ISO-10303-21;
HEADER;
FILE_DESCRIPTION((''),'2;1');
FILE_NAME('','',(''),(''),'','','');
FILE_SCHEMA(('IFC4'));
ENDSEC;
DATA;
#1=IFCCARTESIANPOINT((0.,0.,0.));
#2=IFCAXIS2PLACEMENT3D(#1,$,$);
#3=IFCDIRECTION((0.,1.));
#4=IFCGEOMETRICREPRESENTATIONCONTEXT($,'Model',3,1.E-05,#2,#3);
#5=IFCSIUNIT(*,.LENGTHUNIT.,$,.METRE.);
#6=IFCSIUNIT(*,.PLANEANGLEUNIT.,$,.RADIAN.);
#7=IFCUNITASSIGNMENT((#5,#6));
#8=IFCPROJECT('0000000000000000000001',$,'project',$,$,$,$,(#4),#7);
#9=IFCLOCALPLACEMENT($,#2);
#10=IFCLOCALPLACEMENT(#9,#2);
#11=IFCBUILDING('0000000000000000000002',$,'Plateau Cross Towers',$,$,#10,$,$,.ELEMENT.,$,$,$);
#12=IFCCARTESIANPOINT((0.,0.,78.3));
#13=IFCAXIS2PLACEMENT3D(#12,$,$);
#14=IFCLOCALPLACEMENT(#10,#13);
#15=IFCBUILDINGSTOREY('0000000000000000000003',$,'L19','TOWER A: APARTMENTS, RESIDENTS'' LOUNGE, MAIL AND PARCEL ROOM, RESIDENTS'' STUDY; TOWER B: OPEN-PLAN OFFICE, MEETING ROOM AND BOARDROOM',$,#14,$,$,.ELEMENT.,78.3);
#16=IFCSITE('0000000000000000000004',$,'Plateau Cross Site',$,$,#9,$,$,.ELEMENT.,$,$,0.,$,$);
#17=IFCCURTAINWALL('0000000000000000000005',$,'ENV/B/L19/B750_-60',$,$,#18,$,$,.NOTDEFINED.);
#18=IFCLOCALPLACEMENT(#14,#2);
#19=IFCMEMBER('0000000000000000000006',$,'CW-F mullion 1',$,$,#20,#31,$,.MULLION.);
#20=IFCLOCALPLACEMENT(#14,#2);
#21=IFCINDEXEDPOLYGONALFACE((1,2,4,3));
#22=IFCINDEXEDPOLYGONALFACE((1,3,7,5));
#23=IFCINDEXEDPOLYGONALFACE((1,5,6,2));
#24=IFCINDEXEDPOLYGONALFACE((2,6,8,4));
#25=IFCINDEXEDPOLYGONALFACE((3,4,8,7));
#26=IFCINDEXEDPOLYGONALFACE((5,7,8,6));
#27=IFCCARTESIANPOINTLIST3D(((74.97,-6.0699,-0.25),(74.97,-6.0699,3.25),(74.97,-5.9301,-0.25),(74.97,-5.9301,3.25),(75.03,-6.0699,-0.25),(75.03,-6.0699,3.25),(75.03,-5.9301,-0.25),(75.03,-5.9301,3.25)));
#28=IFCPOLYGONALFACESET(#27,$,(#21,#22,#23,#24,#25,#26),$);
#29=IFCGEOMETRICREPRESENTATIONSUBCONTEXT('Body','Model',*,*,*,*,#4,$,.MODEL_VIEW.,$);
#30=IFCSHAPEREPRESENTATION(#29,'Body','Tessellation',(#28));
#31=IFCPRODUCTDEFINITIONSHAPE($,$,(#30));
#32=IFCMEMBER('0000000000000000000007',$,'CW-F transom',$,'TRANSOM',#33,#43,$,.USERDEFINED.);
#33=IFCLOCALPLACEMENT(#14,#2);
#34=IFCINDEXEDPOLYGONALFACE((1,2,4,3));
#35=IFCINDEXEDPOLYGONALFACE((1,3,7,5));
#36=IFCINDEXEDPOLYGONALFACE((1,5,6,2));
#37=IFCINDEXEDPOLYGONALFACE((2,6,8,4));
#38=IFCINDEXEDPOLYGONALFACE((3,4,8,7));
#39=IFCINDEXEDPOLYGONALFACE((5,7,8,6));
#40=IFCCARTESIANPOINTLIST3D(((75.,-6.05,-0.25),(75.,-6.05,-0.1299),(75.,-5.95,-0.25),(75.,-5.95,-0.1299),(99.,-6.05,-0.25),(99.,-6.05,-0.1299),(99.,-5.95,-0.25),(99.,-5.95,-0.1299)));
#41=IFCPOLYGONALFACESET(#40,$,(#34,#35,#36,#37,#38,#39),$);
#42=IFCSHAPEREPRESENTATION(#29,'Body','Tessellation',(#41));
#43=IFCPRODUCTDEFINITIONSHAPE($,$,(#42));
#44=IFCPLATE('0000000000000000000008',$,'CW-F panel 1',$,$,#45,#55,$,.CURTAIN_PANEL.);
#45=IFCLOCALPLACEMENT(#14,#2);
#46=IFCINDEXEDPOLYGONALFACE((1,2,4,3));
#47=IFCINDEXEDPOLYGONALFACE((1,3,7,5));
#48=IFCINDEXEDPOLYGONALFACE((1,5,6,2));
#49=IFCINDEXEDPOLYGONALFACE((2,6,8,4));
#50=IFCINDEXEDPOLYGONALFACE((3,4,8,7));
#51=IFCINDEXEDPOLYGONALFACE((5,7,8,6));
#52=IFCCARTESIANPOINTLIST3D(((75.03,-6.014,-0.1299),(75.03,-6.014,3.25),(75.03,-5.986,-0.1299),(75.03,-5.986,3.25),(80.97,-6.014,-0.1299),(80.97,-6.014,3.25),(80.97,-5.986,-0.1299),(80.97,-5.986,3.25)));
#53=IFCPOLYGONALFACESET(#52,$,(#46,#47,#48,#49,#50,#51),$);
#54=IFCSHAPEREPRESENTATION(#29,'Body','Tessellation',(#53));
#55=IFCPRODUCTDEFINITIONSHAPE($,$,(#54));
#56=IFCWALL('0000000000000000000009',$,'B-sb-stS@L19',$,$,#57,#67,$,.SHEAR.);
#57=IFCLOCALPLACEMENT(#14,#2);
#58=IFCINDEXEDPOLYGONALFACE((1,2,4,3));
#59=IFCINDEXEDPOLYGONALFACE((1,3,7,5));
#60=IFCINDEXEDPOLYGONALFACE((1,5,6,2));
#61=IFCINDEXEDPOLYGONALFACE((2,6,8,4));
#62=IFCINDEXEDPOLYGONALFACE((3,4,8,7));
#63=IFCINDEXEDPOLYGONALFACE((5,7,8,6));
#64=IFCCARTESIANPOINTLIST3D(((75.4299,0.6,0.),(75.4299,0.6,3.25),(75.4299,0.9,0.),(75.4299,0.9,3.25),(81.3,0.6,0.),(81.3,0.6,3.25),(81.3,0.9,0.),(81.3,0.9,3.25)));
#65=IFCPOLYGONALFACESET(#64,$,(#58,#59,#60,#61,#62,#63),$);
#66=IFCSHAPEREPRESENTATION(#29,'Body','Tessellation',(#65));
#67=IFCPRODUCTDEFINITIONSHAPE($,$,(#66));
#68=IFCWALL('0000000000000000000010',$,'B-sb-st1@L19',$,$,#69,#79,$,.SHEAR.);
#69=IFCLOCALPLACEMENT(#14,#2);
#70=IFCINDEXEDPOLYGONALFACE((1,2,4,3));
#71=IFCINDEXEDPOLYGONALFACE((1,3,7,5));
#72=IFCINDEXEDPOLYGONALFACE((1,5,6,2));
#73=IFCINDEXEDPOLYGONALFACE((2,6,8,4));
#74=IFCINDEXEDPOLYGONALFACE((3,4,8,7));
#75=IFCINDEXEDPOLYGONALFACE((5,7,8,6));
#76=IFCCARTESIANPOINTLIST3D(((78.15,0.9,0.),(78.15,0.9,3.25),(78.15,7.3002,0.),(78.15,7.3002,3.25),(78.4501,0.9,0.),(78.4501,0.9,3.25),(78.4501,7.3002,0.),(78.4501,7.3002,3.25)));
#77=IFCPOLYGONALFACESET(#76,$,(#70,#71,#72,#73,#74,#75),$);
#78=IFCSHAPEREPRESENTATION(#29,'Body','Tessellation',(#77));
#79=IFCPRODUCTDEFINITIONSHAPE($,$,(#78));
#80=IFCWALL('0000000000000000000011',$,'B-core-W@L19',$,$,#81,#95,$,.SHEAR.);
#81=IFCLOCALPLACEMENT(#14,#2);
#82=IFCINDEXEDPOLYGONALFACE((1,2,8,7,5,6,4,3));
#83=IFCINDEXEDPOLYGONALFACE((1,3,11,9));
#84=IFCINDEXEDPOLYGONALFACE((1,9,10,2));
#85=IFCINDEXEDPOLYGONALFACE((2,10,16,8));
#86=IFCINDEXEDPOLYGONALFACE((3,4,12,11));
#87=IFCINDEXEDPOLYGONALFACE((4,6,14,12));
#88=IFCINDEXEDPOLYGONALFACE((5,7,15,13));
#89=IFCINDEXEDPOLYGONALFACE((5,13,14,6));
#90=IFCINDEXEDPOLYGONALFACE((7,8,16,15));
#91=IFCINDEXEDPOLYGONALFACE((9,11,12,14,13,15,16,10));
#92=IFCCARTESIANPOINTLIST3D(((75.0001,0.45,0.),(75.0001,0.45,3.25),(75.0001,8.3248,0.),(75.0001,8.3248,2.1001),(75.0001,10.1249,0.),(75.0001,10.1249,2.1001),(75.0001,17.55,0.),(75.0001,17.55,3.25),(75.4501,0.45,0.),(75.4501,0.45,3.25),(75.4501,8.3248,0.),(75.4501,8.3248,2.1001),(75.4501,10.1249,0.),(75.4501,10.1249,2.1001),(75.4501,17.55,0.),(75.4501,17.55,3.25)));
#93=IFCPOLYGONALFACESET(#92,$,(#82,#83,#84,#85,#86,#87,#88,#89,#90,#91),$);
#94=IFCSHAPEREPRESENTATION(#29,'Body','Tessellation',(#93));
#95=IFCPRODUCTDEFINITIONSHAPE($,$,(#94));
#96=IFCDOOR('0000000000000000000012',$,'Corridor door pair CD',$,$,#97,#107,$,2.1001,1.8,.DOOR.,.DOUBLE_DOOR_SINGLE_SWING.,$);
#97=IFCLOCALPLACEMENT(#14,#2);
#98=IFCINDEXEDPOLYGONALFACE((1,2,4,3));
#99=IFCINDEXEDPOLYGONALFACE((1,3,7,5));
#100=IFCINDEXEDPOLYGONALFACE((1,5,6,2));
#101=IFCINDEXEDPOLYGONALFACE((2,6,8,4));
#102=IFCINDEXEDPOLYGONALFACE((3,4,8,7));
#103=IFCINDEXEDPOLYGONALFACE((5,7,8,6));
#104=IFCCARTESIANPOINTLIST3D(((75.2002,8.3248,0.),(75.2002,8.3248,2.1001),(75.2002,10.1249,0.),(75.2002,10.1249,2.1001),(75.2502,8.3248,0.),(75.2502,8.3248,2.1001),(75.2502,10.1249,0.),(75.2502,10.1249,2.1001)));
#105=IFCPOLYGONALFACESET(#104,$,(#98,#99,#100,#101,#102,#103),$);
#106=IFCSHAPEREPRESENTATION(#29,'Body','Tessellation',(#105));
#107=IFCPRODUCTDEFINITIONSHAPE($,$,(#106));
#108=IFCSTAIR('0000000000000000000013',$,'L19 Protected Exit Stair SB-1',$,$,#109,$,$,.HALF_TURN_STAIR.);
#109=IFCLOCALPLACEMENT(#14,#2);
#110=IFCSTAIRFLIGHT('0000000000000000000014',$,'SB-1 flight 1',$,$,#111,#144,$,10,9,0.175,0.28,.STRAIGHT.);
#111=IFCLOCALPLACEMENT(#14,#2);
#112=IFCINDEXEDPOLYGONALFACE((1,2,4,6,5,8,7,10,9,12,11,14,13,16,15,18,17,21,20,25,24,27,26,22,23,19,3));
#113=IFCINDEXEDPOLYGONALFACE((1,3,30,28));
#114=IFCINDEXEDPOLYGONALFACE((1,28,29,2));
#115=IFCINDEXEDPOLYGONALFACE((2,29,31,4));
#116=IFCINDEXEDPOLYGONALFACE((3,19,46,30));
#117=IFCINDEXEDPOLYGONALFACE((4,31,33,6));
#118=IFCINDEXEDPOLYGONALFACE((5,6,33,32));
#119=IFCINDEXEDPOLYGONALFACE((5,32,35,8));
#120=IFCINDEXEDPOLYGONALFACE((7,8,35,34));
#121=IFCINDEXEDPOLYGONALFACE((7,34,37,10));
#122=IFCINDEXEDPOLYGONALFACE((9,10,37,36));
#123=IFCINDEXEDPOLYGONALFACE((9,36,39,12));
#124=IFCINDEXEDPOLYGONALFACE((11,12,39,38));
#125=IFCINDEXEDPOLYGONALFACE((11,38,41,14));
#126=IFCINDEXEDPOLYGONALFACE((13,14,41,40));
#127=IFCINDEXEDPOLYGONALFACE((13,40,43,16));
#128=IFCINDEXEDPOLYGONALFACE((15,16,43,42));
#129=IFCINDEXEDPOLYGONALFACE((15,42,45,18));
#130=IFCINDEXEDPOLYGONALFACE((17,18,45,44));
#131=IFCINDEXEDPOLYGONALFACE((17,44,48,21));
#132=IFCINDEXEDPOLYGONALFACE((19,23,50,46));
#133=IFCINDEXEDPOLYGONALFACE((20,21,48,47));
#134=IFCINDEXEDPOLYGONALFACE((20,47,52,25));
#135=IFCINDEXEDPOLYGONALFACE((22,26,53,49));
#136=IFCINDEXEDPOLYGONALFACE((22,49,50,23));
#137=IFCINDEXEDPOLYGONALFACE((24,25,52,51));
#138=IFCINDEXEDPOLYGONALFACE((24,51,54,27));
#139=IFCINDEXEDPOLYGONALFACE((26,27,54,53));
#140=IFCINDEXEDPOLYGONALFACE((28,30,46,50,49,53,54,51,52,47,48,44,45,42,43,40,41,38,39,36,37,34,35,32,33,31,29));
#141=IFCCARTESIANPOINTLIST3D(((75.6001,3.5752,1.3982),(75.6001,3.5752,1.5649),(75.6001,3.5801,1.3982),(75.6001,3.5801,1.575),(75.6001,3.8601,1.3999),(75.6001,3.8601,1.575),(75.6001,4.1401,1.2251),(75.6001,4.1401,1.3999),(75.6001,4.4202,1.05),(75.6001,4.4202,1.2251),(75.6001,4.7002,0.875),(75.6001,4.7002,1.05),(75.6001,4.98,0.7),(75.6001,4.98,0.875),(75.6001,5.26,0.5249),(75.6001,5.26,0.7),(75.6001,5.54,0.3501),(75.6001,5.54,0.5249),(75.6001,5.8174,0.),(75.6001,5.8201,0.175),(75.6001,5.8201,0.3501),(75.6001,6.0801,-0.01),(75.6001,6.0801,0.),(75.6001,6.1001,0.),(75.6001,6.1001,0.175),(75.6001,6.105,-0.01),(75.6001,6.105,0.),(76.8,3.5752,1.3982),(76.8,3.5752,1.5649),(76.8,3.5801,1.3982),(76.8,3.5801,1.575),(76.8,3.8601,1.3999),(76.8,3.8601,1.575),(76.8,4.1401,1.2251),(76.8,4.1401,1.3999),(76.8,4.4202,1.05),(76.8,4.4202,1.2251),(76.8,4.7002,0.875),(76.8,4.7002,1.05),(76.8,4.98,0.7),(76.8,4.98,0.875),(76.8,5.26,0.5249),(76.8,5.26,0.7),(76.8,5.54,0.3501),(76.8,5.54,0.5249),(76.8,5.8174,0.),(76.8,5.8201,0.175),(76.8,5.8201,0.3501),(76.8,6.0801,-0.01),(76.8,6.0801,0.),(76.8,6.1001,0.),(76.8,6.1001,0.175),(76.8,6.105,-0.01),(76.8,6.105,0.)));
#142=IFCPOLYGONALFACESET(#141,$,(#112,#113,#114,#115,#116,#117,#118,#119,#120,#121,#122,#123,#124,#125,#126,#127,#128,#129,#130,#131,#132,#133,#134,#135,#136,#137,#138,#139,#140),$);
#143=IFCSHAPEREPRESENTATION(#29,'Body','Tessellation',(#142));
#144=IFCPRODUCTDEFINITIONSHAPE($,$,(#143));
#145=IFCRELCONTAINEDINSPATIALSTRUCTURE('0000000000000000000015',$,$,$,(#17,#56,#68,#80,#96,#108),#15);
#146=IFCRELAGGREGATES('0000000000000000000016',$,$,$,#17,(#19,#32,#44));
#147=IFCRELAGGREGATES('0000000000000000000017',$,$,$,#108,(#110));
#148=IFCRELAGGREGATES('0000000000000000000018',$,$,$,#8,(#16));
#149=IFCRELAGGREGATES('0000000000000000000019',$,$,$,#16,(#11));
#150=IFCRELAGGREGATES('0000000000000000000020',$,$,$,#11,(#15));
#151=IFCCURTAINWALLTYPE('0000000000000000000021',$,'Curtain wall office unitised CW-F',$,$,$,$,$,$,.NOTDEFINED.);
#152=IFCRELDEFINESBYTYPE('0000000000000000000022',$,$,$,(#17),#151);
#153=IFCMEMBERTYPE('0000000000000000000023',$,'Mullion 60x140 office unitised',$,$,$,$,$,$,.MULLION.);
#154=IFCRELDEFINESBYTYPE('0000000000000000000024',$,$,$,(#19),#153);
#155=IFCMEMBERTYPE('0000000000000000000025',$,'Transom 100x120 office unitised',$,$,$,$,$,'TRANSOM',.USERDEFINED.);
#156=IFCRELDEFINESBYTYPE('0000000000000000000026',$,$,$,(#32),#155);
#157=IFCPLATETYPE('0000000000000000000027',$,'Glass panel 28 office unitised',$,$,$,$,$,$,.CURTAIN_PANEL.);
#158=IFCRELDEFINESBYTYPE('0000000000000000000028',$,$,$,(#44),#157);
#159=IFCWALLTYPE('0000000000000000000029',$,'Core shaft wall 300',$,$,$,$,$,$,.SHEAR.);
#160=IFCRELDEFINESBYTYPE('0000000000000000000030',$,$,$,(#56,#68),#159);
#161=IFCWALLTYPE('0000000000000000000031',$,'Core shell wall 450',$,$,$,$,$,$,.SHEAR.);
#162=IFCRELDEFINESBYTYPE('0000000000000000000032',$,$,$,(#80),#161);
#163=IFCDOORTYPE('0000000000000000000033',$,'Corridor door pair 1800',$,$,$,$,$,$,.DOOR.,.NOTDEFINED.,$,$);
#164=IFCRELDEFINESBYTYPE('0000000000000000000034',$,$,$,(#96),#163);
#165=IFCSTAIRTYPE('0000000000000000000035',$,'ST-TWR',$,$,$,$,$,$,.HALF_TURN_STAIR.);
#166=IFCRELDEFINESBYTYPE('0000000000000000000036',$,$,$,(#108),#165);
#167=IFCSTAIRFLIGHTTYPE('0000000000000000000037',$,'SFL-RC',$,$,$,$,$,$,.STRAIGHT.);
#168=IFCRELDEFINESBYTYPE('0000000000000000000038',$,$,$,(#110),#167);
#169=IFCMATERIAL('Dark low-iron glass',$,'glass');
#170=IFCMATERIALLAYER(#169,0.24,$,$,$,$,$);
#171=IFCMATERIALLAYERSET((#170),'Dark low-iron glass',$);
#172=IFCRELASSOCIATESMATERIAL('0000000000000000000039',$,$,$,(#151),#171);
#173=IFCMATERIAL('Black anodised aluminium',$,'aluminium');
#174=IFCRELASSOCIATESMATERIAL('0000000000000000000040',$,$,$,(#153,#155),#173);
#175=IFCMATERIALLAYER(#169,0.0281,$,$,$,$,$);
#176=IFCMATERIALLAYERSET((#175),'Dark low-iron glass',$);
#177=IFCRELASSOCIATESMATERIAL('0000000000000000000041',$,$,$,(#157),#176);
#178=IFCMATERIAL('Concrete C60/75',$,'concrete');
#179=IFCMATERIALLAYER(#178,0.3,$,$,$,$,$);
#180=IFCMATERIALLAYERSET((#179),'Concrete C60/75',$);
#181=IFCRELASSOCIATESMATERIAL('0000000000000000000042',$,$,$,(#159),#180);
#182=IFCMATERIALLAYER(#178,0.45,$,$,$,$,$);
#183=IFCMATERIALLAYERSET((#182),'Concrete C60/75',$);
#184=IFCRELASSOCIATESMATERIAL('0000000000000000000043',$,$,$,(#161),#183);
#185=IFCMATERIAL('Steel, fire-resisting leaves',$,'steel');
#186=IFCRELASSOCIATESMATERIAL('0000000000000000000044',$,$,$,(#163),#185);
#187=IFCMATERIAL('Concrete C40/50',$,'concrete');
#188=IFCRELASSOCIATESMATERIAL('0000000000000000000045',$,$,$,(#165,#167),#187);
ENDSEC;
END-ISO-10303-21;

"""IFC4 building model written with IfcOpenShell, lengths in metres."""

from ifc_helpers import new_model, si_unit, direction, frame, frame_2d, origin, origin_2d, place, context, subcontext, project, spatial, polyline, rectangle, outline, extrude, material, layer, layer_set, material_profile, profile_set, type_object, element, fill, aggregate, save


model = new_model("IFC4")

# Units and contexts
model_context = context("Model", 3, precision=1e-05, world=origin(), true_north=direction((0.0, 1.0)))
body_context = subcontext(model_context, "Body", "Model", "MODEL_VIEW")
ifc_project = project(units=[si_unit("LENGTHUNIT", "METRE"), si_unit("PLANEANGLEUNIT", "RADIAN")], contexts=[model_context])

# Site, building, storey
site_placement = place(None, origin())
site = spatial("IfcSite", under=ifc_project, at=site_placement, Name="Plateau Cross Site", CompositionType="ELEMENT", RefElevation=0.0)
building_placement = place(site_placement, origin())
building = spatial("IfcBuilding", under=site, at=building_placement, Name="Plateau Cross Towers", CompositionType="ELEMENT")
storey_placement = place(building_placement, frame((0.0, 0.0, 78.3)))
storey = spatial("IfcBuildingStorey", under=building, at=storey_placement, Name="L19", Description="TOWER A: APARTMENTS, RESIDENTS' LOUNGE, MAIL AND PARCEL ROOM, RESIDENTS' STUDY; TOWER B: OPEN-PLAN OFFICE, MEETING ROOM AND BOARDROOM", CompositionType="ELEMENT", Elevation=78.3)

# Curtain wall, members, plate
ifc_material_1 = material(Name="Dark low-iron glass", Category="glass")
ifc_layer_1 = layer(ifc_material_1, 0.24)
ifc_layer_set_1 = layer_set([ifc_layer_1], Name="Dark low-iron glass")
curtain_wall_type = type_object("IfcCurtainWallType", Name="Curtain wall office unitised CW-F", PredefinedType="NOTDEFINED", material=ifc_layer_set_1)
curtain_wall_placement = place(storey_placement, origin())
curtain_wall = element("IfcCurtainWall", 1, at=curtain_wall_placement, inside=storey, type_object=curtain_wall_type, Name="ENV/B/L19/B750_-60", PredefinedType="NOTDEFINED")
ifc_material_2 = material(Name="Black anodised aluminium", Category="aluminium")
ifc_material_profile_1 = material_profile(ifc_material_2, rectangle(XDim=0.0601, YDim=0.1399, at=origin_2d()), Name="MULLION 60x140")
ifc_profile_set_1 = profile_set([ifc_material_profile_1], Name="Black anodised aluminium")
member_type_1 = type_object("IfcMemberType", Name="Mullion 60x140 office unitised", PredefinedType="MULLION", material=ifc_profile_set_1)
member_1_placement = place(storey_placement, frame((75.0, -6.0, -0.25), z_axis=(0.0, 0.0, 1.0), x_axis=(1.0, 0.0, 0.0)))
member_1 = element("IfcMember", 2, at=member_1_placement, type_object=member_type_1, Name="CW-F mullion 1", PredefinedType="MULLION", context=body_context, shape_type="SweptSolid", body=[
    extrude(rectangle(XDim=0.0601, YDim=0.1399, at=origin_2d()), origin(), (0.0, 0.0, 1.0), 3.5),
])
ifc_material_profile_2 = material_profile(ifc_material_2, rectangle(XDim=0.1001, YDim=0.1201, at=origin_2d()), Name="TRANSOM 100x120")
ifc_profile_set_2 = profile_set([ifc_material_profile_2], Name="Black anodised aluminium")
member_type_2 = type_object("IfcMemberType", Name="Transom 100x120 office unitised", ElementType="TRANSOM", PredefinedType="USERDEFINED", material=ifc_profile_set_2)
member_2_placement = place(storey_placement, frame((75.0, -6.0, -0.1899), z_axis=(1.0, 0.0, 0.0), x_axis=(0.0, 1.0, 0.0)))
member_2 = element("IfcMember", 3, at=member_2_placement, type_object=member_type_2, Name="CW-F transom", ObjectType="TRANSOM", PredefinedType="USERDEFINED", context=body_context, shape_type="SweptSolid", body=[
    extrude(rectangle(XDim=0.1001, YDim=0.1201, at=origin_2d()), origin(), (0.0, 0.0, 1.0), 24.0),
])
ifc_layer_2 = layer(ifc_material_1, 0.0281)
ifc_layer_set_2 = layer_set([ifc_layer_2], Name="Dark low-iron glass")
plate_type = type_object("IfcPlateType", Name="Glass panel 28 office unitised", PredefinedType="CURTAIN_PANEL", material=ifc_layer_set_2)
plate_placement = place(storey_placement, frame((78.0, -6.0, -0.1299), z_axis=(0.0, 0.0, 1.0), x_axis=(1.0, 0.0, 0.0)))
plate = element("IfcPlate", 4, at=plate_placement, type_object=plate_type, Name="CW-F panel 1", PredefinedType="CURTAIN_PANEL", context=body_context, shape_type="SweptSolid", body=[
    extrude(rectangle(XDim=5.9399, YDim=0.0281, at=origin_2d()), origin(), (0.0, 0.0, 1.0), 3.3799),
])
aggregate(curtain_wall, [member_1, member_2, plate])

# Walls
ifc_material_3 = material(Name="Concrete C60/75", Category="concrete")
ifc_layer_3 = layer(ifc_material_3, 0.3)
ifc_layer_set_3 = layer_set([ifc_layer_3], Name="Concrete C60/75")
wall_type_1 = type_object("IfcWallType", Name="Core shaft wall 300", PredefinedType="SHEAR", material=ifc_layer_set_3)
wall_1_placement = place(storey_placement, frame((75.4299, 0.75, 0.0), z_axis=(0.0, 0.0, 1.0), x_axis=(1.0, 0.0, 0.0)))
element("IfcWall", 5, at=wall_1_placement, inside=storey, type_object=wall_type_1, Name="B-sb-stS@L19", PredefinedType="SHEAR", context=body_context, shape_type="SweptSolid", body=[
    extrude(rectangle(XDim=5.8701, YDim=0.3, at=frame_2d((2.9351, 0.0))), origin(), (0.0, 0.0, 1.0), 3.25),
])
wall_2_placement = place(storey_placement, frame((78.3, 0.8999, 0.0), z_axis=(0.0, 0.0, 1.0), x_axis=(0.0, 1.0, 0.0)))
element("IfcWall", 6, at=wall_2_placement, inside=storey, type_object=wall_type_1, Name="B-sb-st1@L19", PredefinedType="SHEAR", context=body_context, shape_type="SweptSolid", body=[
    extrude(rectangle(XDim=6.4001, YDim=0.3, at=frame_2d((3.2002, 0.0))), origin(), (0.0, 0.0, 1.0), 3.25),
])

# Wall, opening, door
ifc_layer_4 = layer(ifc_material_3, 0.45)
ifc_layer_set_4 = layer_set([ifc_layer_4], Name="Concrete C60/75")
wall_type_2 = type_object("IfcWallType", Name="Core shell wall 450", PredefinedType="SHEAR", material=ifc_layer_set_4)
wall_3_placement = place(storey_placement, frame((75.2251, 0.45, 0.0), z_axis=(0.0, 0.0, 1.0), x_axis=(0.0, 1.0, 0.0)))
wall_3 = element("IfcWall", 7, at=wall_3_placement, inside=storey, type_object=wall_type_2, Name="B-core-W@L19", PredefinedType="SHEAR", context=body_context, shape_type="SweptSolid", body=[
    extrude(rectangle(XDim=17.1001, YDim=0.45, at=frame_2d((8.55, 0.0))), origin(), (0.0, 0.0, 1.0), 3.25),
])
opening_1_placement = place(wall_3_placement, frame((7.875, 0.0, 0.0)))
opening_1 = element("IfcOpeningElement", 8, at=opening_1_placement, cuts=wall_3, PredefinedType="OPENING", context=body_context, shape_type="SweptSolid", body=[
    extrude(rectangle(XDim=1.8, YDim=2.1001, at=frame_2d((0.8999, 1.05))), frame((0.0, 0.2349, 0.0), z_axis=(0.0, -1.0, 0.0), x_axis=(1.0, 0.0, 0.0)), (0.0, 0.0, 1.0), 0.47),
])
ifc_material_4 = material(Name="Steel, fire-resisting leaves", Category="steel")
door_type_1 = type_object("IfcDoorType", Name="Corridor door pair 1800", OperationType="NOTDEFINED", PredefinedType="DOOR", material=ifc_material_4)
door_1_placement = place(opening_1_placement, origin())
door_1 = element("IfcDoor", 9, at=door_1_placement, inside=storey, type_object=door_type_1, Name="Corridor door pair CD", OperationType="DOUBLE_DOOR_SINGLE_SWING", OverallHeight=2.1001, OverallWidth=1.8, PredefinedType="DOOR", context=body_context, shape_type="SweptSolid", body=[
    extrude(rectangle(XDim=1.8, YDim=2.1001, at=frame_2d((0.8999, 1.05))), frame((0.0, 0.0249, 0.0), z_axis=(0.0, -1.0, 0.0), x_axis=(1.0, 0.0, 0.0)), (0.0, 0.0, 1.0), 0.05),
])
fill(opening_1, door_1)

# Stair, stair flight
ifc_material_5 = material(Name="Concrete C40/50", Category="concrete")
stair_type = type_object("IfcStairType", Name="ST-TWR", PredefinedType="HALF_TURN_STAIR", material=ifc_material_5)
stair_1_placement = place(storey_placement, origin())
stair_1 = element("IfcStair", 10, at=stair_1_placement, inside=storey, type_object=stair_type, Name="L19 Protected Exit Stair SB-1", PredefinedType="HALF_TURN_STAIR")
stair_flight_type = type_object("IfcStairFlightType", Name="SFL-RC", PredefinedType="STRAIGHT", material=ifc_material_5)
stair_flight_1_placement = place(storey_placement, frame((76.2, 6.1001, 0.0), z_axis=(0.0, 0.0, 1.0), x_axis=(0.0, -1.0, 0.0)))
stair_flight_1 = element("IfcStairFlight", 11, at=stair_flight_1_placement, type_object=stair_flight_type, Name="SB-1 flight 1", NumberOfRisers=10, NumberOfTreads=9, PredefinedType="STRAIGHT", RiserHeight=0.175, TreadLength=0.28, context=body_context, shape_type="SweptSolid", body=[
    extrude(outline(polyline([(-0.0049, -0.01), (-0.0049, 0.0), (0.0, 0.0), (0.0, 0.175), (0.28, 0.175), (0.28, 0.3501), (0.5601, 0.3501), (0.5601, 0.5249), (0.8401, 0.5249), (0.8401, 0.7), (1.1201, 0.7), (1.1201, 0.875), (1.3999, 0.875), (1.3999, 1.05), (1.6799, 1.05), (1.6799, 1.2251), (1.96, 1.2251), (1.96, 1.3999), (2.24, 1.3999), (2.24, 1.575), (2.52, 1.575), (2.5249, 1.5649), (2.5249, 1.3982), (2.52, 1.3982), (0.2827, 0.0), (0.02, 0.0), (0.02, -0.01), (-0.0049, -0.01)])), frame((0.0, 0.6001, 0.0), z_axis=(0.0, -1.0, 0.0), x_axis=(1.0, 0.0, 0.0)), (0.0, 0.0, 1.0), 1.2),
])
aggregate(stair_1, [stair_flight_1])

save(model, "model.ifc")
